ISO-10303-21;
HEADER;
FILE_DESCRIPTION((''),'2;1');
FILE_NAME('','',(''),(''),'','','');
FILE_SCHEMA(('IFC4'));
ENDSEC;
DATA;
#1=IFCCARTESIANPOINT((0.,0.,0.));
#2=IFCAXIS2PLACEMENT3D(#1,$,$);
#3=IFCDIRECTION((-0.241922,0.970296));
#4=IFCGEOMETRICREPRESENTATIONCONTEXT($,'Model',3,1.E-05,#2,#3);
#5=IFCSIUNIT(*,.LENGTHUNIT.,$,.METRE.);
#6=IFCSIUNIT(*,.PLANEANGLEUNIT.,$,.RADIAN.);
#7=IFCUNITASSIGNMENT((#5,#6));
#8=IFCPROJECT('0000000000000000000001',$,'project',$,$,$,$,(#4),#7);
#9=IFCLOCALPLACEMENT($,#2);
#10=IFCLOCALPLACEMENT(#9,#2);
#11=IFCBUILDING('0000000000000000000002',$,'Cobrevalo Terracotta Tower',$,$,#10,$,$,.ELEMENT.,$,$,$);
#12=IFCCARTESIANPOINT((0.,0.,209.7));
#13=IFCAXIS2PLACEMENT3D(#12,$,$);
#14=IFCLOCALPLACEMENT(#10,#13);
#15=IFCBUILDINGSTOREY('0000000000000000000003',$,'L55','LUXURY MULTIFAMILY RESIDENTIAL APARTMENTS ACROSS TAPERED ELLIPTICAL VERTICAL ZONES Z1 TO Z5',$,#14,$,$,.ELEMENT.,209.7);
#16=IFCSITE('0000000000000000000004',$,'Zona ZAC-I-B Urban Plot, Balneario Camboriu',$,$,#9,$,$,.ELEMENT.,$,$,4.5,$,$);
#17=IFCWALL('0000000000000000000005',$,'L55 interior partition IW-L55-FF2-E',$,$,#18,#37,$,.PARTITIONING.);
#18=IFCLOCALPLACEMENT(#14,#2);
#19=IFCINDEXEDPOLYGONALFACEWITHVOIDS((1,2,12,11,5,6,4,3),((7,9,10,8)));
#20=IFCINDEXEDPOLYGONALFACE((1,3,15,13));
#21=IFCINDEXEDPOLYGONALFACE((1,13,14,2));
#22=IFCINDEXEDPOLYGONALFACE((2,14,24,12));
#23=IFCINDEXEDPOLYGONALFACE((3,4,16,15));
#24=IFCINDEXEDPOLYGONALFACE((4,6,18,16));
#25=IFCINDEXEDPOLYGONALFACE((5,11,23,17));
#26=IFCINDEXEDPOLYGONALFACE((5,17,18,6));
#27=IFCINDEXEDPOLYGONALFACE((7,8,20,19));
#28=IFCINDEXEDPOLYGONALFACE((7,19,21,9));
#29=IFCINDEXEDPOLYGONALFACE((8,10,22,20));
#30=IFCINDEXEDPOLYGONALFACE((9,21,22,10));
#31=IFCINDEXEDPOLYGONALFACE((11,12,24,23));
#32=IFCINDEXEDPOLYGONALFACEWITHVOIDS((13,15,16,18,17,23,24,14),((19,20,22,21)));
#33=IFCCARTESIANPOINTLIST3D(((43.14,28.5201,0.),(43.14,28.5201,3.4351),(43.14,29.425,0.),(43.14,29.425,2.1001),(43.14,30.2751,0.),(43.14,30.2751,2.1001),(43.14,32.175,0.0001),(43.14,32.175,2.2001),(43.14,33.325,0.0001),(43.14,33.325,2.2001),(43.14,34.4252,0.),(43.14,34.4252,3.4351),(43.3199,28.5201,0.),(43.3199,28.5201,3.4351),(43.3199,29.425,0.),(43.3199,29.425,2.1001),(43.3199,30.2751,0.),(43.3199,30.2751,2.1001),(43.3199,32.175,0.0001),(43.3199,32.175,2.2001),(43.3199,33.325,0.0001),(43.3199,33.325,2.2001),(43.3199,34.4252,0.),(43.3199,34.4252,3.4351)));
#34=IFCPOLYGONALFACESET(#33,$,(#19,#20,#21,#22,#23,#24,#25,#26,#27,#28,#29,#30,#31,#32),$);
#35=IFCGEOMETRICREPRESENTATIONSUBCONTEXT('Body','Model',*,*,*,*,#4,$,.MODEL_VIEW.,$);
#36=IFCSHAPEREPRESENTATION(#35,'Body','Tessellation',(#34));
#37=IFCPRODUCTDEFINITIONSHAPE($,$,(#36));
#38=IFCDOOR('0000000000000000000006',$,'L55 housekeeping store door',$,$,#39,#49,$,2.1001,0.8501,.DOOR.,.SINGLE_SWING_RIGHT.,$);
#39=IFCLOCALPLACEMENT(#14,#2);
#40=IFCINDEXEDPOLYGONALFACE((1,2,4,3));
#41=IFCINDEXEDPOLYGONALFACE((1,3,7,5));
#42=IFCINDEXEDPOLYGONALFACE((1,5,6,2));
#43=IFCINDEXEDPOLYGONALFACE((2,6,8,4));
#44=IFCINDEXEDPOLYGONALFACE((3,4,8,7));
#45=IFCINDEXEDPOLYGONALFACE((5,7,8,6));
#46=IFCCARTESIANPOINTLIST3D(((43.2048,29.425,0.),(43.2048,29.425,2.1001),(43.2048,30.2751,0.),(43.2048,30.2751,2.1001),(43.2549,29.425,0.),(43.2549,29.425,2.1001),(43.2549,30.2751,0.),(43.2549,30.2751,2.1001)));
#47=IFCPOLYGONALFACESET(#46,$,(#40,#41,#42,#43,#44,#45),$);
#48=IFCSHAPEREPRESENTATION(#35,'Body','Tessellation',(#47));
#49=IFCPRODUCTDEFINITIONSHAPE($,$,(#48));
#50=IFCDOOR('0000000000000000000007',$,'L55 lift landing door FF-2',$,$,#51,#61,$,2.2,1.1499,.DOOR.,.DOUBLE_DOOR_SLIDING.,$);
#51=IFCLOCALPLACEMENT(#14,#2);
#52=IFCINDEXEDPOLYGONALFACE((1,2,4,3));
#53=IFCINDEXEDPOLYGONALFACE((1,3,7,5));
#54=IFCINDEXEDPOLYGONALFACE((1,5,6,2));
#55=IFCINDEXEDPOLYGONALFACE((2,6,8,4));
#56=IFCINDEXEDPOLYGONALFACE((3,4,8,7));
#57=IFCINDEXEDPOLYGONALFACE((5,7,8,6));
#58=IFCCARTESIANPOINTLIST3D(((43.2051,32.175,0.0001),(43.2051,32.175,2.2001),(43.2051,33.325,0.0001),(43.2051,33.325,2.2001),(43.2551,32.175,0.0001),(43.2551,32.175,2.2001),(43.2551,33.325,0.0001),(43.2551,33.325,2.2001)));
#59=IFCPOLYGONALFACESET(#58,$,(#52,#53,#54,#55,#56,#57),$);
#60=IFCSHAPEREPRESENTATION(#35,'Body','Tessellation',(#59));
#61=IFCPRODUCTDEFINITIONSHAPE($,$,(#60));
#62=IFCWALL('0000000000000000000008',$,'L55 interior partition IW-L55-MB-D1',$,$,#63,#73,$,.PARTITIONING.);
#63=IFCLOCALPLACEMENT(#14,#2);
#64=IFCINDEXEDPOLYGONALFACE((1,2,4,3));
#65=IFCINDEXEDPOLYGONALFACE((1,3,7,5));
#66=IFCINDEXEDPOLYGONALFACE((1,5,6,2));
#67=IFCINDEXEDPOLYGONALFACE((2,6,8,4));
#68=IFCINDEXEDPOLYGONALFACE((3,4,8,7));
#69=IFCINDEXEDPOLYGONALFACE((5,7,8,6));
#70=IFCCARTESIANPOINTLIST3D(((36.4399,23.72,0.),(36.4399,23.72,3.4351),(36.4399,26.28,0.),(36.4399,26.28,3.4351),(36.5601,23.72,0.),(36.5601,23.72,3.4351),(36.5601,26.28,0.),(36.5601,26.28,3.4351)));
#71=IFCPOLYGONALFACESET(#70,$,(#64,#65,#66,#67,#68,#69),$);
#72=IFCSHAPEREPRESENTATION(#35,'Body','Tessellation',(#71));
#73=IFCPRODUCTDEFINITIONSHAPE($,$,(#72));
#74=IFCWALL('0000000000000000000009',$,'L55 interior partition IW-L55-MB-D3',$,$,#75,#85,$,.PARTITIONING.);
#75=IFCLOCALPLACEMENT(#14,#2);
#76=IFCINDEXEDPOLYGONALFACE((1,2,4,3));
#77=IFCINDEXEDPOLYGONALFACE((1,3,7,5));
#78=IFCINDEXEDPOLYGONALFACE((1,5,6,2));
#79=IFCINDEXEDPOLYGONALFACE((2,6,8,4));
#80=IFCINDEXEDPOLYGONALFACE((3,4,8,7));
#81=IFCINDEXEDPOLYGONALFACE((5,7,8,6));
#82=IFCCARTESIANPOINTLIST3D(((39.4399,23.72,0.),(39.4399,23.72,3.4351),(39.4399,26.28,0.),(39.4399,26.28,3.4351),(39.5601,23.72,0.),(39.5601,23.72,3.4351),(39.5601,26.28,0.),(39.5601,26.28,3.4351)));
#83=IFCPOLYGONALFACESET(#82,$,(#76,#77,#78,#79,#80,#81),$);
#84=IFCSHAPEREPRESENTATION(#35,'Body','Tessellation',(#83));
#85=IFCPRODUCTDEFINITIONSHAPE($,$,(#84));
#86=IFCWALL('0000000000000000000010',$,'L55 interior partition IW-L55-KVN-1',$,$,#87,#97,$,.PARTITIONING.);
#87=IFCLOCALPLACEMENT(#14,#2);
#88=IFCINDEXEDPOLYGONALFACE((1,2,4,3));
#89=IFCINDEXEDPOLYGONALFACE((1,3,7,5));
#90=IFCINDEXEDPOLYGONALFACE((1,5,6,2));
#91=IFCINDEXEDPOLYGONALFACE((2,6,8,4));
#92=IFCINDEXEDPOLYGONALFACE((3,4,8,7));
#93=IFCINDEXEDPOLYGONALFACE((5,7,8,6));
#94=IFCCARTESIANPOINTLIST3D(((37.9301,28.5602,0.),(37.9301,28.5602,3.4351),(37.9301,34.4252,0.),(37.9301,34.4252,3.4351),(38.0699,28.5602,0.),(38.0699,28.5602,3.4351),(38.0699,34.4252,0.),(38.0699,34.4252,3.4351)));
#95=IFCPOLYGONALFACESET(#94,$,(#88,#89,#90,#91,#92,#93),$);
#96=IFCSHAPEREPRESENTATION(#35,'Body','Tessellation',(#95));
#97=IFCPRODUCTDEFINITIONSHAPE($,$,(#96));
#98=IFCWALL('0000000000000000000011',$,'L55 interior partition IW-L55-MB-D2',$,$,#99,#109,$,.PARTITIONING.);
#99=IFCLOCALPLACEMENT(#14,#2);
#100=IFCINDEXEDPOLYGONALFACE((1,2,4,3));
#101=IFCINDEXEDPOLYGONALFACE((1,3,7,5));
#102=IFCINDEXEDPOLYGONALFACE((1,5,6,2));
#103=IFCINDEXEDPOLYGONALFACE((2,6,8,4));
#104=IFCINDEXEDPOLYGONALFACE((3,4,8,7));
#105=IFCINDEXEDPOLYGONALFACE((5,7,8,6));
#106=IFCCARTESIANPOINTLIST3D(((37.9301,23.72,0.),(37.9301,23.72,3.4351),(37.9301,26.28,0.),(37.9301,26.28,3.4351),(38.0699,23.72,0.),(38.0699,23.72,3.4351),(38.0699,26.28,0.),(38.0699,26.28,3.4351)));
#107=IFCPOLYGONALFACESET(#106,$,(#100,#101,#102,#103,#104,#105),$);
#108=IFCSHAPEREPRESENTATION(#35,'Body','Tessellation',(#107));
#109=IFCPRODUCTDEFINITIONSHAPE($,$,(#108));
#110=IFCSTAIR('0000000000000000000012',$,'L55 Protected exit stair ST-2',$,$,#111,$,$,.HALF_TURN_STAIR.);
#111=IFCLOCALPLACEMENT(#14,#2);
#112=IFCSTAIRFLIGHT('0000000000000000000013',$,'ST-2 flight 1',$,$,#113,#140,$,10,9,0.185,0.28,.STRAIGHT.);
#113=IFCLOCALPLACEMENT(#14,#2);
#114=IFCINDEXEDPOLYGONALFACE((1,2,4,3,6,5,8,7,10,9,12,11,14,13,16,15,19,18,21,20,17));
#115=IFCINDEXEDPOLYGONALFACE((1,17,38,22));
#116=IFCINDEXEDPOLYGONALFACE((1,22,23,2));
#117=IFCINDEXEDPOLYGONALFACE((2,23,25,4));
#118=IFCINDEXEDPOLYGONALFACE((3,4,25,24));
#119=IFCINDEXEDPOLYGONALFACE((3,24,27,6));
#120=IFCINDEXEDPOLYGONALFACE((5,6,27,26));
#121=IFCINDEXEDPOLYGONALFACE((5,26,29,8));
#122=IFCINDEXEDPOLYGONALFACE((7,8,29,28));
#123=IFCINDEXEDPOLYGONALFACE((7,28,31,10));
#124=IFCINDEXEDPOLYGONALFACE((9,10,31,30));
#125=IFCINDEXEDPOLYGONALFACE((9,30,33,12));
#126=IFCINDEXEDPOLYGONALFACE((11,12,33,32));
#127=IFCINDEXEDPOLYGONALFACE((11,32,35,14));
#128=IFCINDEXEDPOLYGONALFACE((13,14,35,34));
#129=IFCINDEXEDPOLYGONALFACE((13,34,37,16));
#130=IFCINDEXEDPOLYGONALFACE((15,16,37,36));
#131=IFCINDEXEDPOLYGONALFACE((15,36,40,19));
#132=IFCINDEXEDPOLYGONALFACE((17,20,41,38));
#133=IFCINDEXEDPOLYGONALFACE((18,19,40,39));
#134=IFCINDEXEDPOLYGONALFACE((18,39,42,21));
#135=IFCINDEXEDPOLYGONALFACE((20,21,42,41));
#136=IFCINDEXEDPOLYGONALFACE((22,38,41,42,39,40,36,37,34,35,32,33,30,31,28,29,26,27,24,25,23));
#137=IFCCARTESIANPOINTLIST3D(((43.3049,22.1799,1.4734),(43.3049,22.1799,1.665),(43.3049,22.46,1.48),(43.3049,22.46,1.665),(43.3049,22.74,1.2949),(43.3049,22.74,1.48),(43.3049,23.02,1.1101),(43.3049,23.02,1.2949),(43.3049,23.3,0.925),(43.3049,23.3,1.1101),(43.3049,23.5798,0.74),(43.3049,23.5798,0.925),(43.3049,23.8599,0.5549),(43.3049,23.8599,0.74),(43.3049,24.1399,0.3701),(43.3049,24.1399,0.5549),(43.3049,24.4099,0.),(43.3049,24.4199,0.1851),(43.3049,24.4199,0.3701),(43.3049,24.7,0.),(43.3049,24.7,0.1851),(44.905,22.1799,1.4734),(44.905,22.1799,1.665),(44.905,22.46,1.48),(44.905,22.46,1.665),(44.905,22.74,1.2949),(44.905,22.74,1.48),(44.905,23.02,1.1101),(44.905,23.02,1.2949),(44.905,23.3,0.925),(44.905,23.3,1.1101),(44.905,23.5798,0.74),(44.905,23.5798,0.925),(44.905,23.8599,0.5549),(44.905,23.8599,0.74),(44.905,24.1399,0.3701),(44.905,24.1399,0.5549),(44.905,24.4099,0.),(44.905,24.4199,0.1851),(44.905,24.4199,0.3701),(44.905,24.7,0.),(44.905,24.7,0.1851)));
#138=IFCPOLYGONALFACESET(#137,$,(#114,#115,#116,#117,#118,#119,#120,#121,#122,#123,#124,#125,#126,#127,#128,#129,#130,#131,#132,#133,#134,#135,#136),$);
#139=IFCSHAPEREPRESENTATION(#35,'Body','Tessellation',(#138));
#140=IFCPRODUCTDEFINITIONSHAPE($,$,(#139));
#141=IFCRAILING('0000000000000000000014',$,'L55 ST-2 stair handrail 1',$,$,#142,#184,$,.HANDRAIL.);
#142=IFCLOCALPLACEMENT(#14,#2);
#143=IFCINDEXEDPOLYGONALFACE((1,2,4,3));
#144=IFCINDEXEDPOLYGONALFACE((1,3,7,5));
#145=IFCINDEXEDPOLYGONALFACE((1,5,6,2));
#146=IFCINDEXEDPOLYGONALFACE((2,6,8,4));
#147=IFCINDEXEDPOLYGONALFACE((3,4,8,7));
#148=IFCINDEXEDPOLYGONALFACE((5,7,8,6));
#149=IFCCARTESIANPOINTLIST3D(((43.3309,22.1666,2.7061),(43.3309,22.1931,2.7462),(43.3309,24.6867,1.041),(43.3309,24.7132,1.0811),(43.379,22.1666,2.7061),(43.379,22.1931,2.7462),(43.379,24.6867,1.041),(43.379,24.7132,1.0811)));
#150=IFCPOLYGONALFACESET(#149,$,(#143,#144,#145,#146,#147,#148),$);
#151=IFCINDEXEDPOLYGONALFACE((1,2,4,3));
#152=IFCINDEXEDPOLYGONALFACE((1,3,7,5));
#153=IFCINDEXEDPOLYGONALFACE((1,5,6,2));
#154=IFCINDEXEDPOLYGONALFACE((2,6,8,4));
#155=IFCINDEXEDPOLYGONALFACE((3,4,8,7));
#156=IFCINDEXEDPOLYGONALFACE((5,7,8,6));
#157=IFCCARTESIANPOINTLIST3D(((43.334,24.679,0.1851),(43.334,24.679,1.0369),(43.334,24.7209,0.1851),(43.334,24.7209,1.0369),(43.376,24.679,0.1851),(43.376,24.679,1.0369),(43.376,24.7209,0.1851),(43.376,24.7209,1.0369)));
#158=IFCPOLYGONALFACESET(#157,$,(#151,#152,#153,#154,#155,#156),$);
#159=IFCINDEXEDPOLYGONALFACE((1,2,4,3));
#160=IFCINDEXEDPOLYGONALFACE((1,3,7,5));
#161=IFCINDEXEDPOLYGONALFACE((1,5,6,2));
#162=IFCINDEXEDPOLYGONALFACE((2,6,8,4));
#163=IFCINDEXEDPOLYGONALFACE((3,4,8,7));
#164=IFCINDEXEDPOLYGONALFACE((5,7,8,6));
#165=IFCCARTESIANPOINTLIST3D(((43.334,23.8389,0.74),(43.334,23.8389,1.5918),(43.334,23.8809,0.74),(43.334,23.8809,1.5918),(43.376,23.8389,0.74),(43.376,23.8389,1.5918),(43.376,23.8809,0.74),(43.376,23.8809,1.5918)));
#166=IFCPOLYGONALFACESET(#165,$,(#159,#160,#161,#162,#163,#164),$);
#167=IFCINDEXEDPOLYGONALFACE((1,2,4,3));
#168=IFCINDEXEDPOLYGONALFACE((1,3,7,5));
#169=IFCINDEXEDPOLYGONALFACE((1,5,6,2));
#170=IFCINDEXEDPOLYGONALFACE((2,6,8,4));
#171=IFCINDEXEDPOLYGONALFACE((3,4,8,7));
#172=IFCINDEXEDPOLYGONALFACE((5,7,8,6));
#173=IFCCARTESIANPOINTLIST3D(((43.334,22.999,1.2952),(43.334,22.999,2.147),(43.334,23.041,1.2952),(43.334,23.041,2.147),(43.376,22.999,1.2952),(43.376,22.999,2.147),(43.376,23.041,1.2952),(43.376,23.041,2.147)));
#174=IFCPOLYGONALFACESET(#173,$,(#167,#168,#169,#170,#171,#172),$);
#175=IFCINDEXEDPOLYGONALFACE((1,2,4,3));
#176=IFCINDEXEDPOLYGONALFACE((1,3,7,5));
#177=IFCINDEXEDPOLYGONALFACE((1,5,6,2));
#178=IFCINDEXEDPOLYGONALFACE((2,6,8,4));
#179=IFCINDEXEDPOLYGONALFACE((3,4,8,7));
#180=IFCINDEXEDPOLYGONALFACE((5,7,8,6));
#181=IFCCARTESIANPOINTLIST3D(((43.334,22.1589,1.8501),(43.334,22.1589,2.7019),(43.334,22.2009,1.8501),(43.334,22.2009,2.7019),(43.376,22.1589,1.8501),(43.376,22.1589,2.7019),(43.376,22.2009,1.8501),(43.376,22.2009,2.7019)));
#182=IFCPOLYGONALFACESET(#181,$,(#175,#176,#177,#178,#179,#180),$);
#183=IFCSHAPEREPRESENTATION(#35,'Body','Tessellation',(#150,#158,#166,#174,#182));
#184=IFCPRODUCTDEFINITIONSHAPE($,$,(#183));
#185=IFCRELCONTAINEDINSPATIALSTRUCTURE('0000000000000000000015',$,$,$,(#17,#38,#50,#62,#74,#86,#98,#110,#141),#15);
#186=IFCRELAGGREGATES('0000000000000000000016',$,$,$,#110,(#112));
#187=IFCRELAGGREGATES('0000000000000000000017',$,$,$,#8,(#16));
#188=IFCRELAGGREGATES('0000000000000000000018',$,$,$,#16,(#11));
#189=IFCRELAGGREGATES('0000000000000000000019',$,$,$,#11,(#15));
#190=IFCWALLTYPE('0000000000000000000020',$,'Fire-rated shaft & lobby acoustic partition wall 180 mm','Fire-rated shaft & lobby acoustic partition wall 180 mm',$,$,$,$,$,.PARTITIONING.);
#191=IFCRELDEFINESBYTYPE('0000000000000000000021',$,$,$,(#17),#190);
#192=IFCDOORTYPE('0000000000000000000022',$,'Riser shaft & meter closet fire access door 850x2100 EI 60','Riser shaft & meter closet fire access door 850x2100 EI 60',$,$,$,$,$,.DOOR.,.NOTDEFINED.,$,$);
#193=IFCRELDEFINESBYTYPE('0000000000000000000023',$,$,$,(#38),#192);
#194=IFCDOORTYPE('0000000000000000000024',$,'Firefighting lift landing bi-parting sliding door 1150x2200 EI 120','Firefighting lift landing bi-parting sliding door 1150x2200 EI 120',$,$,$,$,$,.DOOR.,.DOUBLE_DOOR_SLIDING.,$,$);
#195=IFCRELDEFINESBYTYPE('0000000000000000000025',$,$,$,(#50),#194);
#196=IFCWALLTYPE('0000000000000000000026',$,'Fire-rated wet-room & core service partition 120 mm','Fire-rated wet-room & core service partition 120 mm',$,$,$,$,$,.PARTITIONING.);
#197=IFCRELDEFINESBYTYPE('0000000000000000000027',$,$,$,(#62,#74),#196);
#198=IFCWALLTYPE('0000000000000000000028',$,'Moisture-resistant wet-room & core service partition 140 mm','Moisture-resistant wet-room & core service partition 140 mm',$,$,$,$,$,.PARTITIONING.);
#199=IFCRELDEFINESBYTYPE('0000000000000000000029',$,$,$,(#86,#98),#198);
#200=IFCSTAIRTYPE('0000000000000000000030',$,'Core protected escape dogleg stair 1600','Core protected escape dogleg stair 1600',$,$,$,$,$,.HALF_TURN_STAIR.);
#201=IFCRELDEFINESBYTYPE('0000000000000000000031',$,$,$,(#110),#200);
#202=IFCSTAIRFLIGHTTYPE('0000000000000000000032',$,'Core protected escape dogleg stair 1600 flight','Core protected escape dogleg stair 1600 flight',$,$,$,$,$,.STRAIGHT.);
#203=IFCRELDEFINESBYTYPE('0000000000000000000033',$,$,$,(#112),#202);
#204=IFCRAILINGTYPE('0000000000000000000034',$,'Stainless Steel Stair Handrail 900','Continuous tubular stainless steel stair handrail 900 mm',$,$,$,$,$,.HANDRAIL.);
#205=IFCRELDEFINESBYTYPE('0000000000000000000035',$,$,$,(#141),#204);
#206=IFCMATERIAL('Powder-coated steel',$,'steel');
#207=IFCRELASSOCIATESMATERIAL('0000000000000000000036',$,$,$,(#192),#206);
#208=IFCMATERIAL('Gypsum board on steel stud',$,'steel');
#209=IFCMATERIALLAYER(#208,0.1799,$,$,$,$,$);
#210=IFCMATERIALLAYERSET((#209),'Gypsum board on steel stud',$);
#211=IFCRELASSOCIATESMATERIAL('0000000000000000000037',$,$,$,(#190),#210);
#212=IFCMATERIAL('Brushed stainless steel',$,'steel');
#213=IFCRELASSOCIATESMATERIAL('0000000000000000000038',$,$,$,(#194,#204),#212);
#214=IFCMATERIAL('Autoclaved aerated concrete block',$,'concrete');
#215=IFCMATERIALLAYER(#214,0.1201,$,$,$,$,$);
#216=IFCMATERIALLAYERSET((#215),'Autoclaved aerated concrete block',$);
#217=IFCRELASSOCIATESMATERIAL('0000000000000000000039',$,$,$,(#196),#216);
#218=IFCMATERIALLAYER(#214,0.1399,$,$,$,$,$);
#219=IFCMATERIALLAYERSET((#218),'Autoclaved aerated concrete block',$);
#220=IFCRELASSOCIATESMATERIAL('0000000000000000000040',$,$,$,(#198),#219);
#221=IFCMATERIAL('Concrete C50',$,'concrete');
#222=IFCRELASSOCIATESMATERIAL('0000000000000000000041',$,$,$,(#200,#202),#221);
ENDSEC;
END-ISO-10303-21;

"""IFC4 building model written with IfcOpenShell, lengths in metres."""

from ifc_helpers import new_model, si_unit, direction, frame, frame_2d, origin, origin_2d, place, context, subcontext, project, spatial, polyline, rectangle, outline, extrude, source, transform, mapped, material, layer, layer_set, type_object, element, fill, aggregate, save


model = new_model("IFC4")

# Units and contexts
model_context = context("Model", 3, precision=1e-05, world=origin(), true_north=direction((-0.241922, 0.970296)))
body_context = subcontext(model_context, "Body", "Model", "MODEL_VIEW")
ifc_project = project(units=[si_unit("LENGTHUNIT", "METRE"), si_unit("PLANEANGLEUNIT", "RADIAN")], contexts=[model_context])

# Site, building, storey
site_placement = place(None, origin())
site = spatial("IfcSite", under=ifc_project, at=site_placement, Name="Zona ZAC-I-B Urban Plot, Balneario Camboriu", CompositionType="ELEMENT", RefElevation=4.5)
building_placement = place(site_placement, origin())
building = spatial("IfcBuilding", under=site, at=building_placement, Name="Cobrevalo Terracotta Tower", CompositionType="ELEMENT")
storey_placement = place(building_placement, frame((0.0, 0.0, 209.7)))
storey = spatial("IfcBuildingStorey", under=building, at=storey_placement, Name="L55", Description="LUXURY MULTIFAMILY RESIDENTIAL APARTMENTS ACROSS TAPERED ELLIPTICAL VERTICAL ZONES Z1 TO Z5", CompositionType="ELEMENT", Elevation=209.7)

# Shared definitions
ifc_material_1 = material(Name="Gypsum board on steel stud", Category="steel")

# Shared definitions
ifc_material_2 = material(Name="Powder-coated steel", Category="steel")
door_type_1 = type_object("IfcDoorType", Name="Riser shaft & meter closet fire access door 850x2100 EI 60", Description="Riser shaft & meter closet fire access door 850x2100 EI 60", OperationType="NOTDEFINED", PredefinedType="DOOR", material=ifc_material_2)
shared_shape_1 = source(origin(), body_context, "Body", "SweptSolid", [
    extrude(rectangle(XDim=0.8501, YDim=2.1001, at=frame_2d((0.425, 1.05))), frame((0.0, 0.0249, 0.0), z_axis=(0.0, -1.0, 0.0), x_axis=(1.0, 0.0, 0.0)), (0.0, 0.0, 1.0), 0.05),
])
ifc_material_3 = material(Name="Brushed stainless steel", Category="steel")

# Shared definitions
ifc_layer_1 = layer(ifc_material_1, 0.1799)
ifc_layer_set_1 = layer_set([ifc_layer_1], Name="Gypsum board on steel stud")
wall_type_1 = type_object("IfcWallType", Name="Fire-rated shaft & lobby acoustic partition wall 180 mm", Description="Fire-rated shaft & lobby acoustic partition wall 180 mm", PredefinedType="PARTITIONING", material=ifc_layer_set_1)

# Wall, openings, doors
wall_1_placement = place(storey_placement, frame((43.23, 28.52, 0.0), z_axis=(0.0, 0.0, 1.0), x_axis=(0.0, 1.0, 0.0)))
wall_1 = element("IfcWall", 1, at=wall_1_placement, inside=storey, type_object=wall_type_1, Name="L55 interior partition IW-L55-FF2-E", PredefinedType="PARTITIONING", context=body_context, shape_type="SweptSolid", body=[
    extrude(rectangle(XDim=5.905, YDim=0.1799, at=frame_2d((2.9526, 0.0))), origin(), (0.0, 0.0, 1.0), 3.4351),
])
opening_1_placement = place(wall_1_placement, frame((0.905, 0.0, 0.0)))
opening_1 = element("IfcOpeningElement", 2, at=opening_1_placement, cuts=wall_1, PredefinedType="OPENING", context=body_context, shape_type="SweptSolid", body=[
    extrude(rectangle(XDim=0.8501, YDim=2.1001, at=frame_2d((0.425, 1.05))), frame((0.0, 0.1001, 0.0), z_axis=(0.0, -1.0, 0.0), x_axis=(1.0, 0.0, 0.0)), (0.0, 0.0, 1.0), 0.2),
])
opening_2_placement = place(wall_1_placement, frame((3.655, 0.0, 0.0)))
opening_2 = element("IfcOpeningElement", 3, at=opening_2_placement, cuts=wall_1, PredefinedType="OPENING", context=body_context, shape_type="SweptSolid", body=[
    extrude(rectangle(XDim=1.1499, YDim=2.2, at=frame_2d((0.575, 1.1001))), frame((0.0, 0.1001, 0.0), z_axis=(0.0, -1.0, 0.0), x_axis=(1.0, 0.0, 0.0)), (0.0, 0.0, 1.0), 0.2),
])
door_1_placement = place(opening_1_placement, frame((0.8501, 0.0, 0.0), z_axis=(0.0, 0.0, 1.0), x_axis=(-1.0, 0.0, 0.0)))
door_1 = element("IfcDoor", 4, at=door_1_placement, inside=storey, type_object=door_type_1, Name="L55 housekeeping store door", OperationType="SINGLE_SWING_RIGHT", OverallHeight=2.1001, OverallWidth=0.8501, PredefinedType="DOOR", context=body_context, shape_type="MappedRepresentation", body=[
    mapped(shared_shape_1, transform((0.0, 0.0, 0.0), scale=1.0)),
])
fill(opening_1, door_1)
door_type_2 = type_object("IfcDoorType", Name="Firefighting lift landing bi-parting sliding door 1150x2200 EI 120", Description="Firefighting lift landing bi-parting sliding door 1150x2200 EI 120", OperationType="DOUBLE_DOOR_SLIDING", PredefinedType="DOOR", material=ifc_material_3)
shared_shape_2 = source(origin(), body_context, "Body", "SweptSolid", [
    extrude(rectangle(XDim=1.1499, YDim=2.2, at=frame_2d((0.575, 1.1001))), frame((0.0, 0.0249, 0.0), z_axis=(0.0, -1.0, 0.0), x_axis=(1.0, 0.0, 0.0)), (0.0, 0.0, 1.0), 0.05),
])
door_2_placement = place(opening_2_placement, origin())
door_2 = element("IfcDoor", 5, at=door_2_placement, inside=storey, type_object=door_type_2, Name="L55 lift landing door FF-2", OperationType="DOUBLE_DOOR_SLIDING", OverallHeight=2.2, OverallWidth=1.1499, PredefinedType="DOOR", context=body_context, shape_type="MappedRepresentation", body=[
    mapped(shared_shape_2, transform((0.0, 0.0, 0.0), scale=1.0)),
])
fill(opening_2, door_2)

# Walls
ifc_material_4 = material(Name="Autoclaved aerated concrete block", Category="concrete")
ifc_layer_2 = layer(ifc_material_4, 0.1201)
ifc_layer_set_2 = layer_set([ifc_layer_2], Name="Autoclaved aerated concrete block")
wall_type_2 = type_object("IfcWallType", Name="Fire-rated wet-room & core service partition 120 mm", Description="Fire-rated wet-room & core service partition 120 mm", PredefinedType="PARTITIONING", material=ifc_layer_set_2)
for number, where, z_axis, x_axis, name in (
    (6, (36.5, 23.72, 0.0), (0.0, 0.0, 1.0), (0.0, 1.0, 0.0), "L55 interior partition IW-L55-MB-D1"),
    (7, (39.5, 23.72, 0.0), (0.0, 0.0, 1.0), (0.0, 1.0, 0.0), "L55 interior partition IW-L55-MB-D3"),
):
    element("IfcWall", number, at=place(storey_placement, frame(where, z_axis=z_axis, x_axis=x_axis)), inside=storey, type_object=wall_type_2, Name=name, PredefinedType="PARTITIONING", context=body_context, shape_type="SweptSolid", body=[
        extrude(rectangle(XDim=2.5601, YDim=0.1201, at=frame_2d((1.28, 0.0))), origin(), (0.0, 0.0, 1.0), 3.4351),
    ])
ifc_layer_3 = layer(ifc_material_4, 0.1399)
ifc_layer_set_3 = layer_set([ifc_layer_3], Name="Autoclaved aerated concrete block")
wall_type_3 = type_object("IfcWallType", Name="Moisture-resistant wet-room & core service partition 140 mm", Description="Moisture-resistant wet-room & core service partition 140 mm", PredefinedType="PARTITIONING", material=ifc_layer_set_3)
wall_2_placement = place(storey_placement, frame((38.0, 28.5601, 0.0), z_axis=(0.0, 0.0, 1.0), x_axis=(0.0, 1.0, 0.0)))
element("IfcWall", 8, at=wall_2_placement, inside=storey, type_object=wall_type_3, Name="L55 interior partition IW-L55-KVN-1", PredefinedType="PARTITIONING", context=body_context, shape_type="SweptSolid", body=[
    extrude(rectangle(XDim=5.865, YDim=0.1399, at=frame_2d((2.9326, 0.0))), origin(), (0.0, 0.0, 1.0), 3.4351),
])
wall_3_placement = place(storey_placement, frame((38.0, 23.72, 0.0), z_axis=(0.0, 0.0, 1.0), x_axis=(0.0, 1.0, 0.0)))
element("IfcWall", 9, at=wall_3_placement, inside=storey, type_object=wall_type_3, Name="L55 interior partition IW-L55-MB-D2", PredefinedType="PARTITIONING", context=body_context, shape_type="SweptSolid", body=[
    extrude(rectangle(XDim=2.5601, YDim=0.1399, at=frame_2d((1.28, 0.0))), origin(), (0.0, 0.0, 1.0), 3.4351),
])

# Shared definitions
ifc_material_5 = material(Name="Concrete C50", Category="concrete")

# Stair, stair flight
stair_type = type_object("IfcStairType", Name="Core protected escape dogleg stair 1600", Description="Core protected escape dogleg stair 1600", PredefinedType="HALF_TURN_STAIR", material=ifc_material_5)
stair_placement = place(storey_placement, origin())
stair = element("IfcStair", 10, at=stair_placement, inside=storey, type_object=stair_type, Name="L55 Protected exit stair ST-2", PredefinedType="HALF_TURN_STAIR")
stair_flight_type = type_object("IfcStairFlightType", Name="Core protected escape dogleg stair 1600 flight", Description="Core protected escape dogleg stair 1600 flight", PredefinedType="STRAIGHT", material=ifc_material_5)
stair_flight_placement = place(storey_placement, frame((44.105, 24.7, 0.0), z_axis=(0.0, 0.0, 1.0), x_axis=(0.0, -1.0, 0.0)))
stair_flight = element("IfcStairFlight", 11, at=stair_flight_placement, type_object=stair_flight_type, Name="ST-2 flight 1", NumberOfRisers=10, NumberOfTreads=9, PredefinedType="STRAIGHT", RiserHeight=0.185, TreadLength=0.28, context=body_context, shape_type="SweptSolid", body=[
    extrude(outline(polyline([(0.0, 0.0), (0.0, 0.1851), (0.28, 0.1851), (0.28, 0.3701), (0.5601, 0.3701), (0.5601, 0.5549), (0.8401, 0.5549), (0.8401, 0.74), (1.1201, 0.74), (1.1201, 0.925), (1.3999, 0.925), (1.3999, 1.1101), (1.6799, 1.1101), (1.6799, 1.2949), (1.96, 1.2949), (1.96, 1.48), (2.24, 1.48), (2.24, 1.665), (2.52, 1.665), (2.52, 1.8501), (2.52, 1.4734), (0.29, 0.0), (0.0, 0.0)])), frame((0.0, 0.8, 0.0), z_axis=(0.0, -1.0, 0.0), x_axis=(1.0, 0.0, 0.0)), (0.0, 0.0, 1.0), 1.6001),
])
aggregate(stair, [stair_flight])

# Railing
railing_type_1 = type_object("IfcRailingType", Name="Stainless Steel Stair Handrail 900", Description="Continuous tubular stainless steel stair handrail 900 mm", PredefinedType="HANDRAIL", material=ifc_material_3)
railing_1_placement = place(storey_placement, frame((43.355, 24.7, 0.1851)))
element("IfcRailing", 12, at=railing_1_placement, inside=storey, type_object=railing_type_1, Name="L55 ST-2 stair handrail 1", PredefinedType="HANDRAIL", context=body_context, shape_type="SweptSolid", body=[
    extrude(rectangle(XDim=0.0481, YDim=0.0481, at=origin_2d()), frame((0.0, 0.0, 0.876), z_axis=(0.0, -0.834331, 0.551263), x_axis=(1.0, 0.0, 0.0)), (0.0, 0.0, 1.0), 3.0205),
    extrude(rectangle(XDim=0.042, YDim=0.042, at=origin_2d()), origin(), (0.0, 0.0, 1.0), 0.8518),
    extrude(rectangle(XDim=0.042, YDim=0.042, at=origin_2d()), frame((0.0, -0.8401, 0.5549)), (0.0, 0.0, 1.0), 0.8518),
    extrude(rectangle(XDim=0.042, YDim=0.042, at=origin_2d()), frame((0.0, -1.6799, 1.1101)), (0.0, 0.0, 1.0), 0.8518),
    extrude(rectangle(XDim=0.042, YDim=0.042, at=origin_2d()), frame((0.0, -2.52, 1.665)), (0.0, 0.0, 1.0), 0.8518),
])

save(model, "model.ifc")
